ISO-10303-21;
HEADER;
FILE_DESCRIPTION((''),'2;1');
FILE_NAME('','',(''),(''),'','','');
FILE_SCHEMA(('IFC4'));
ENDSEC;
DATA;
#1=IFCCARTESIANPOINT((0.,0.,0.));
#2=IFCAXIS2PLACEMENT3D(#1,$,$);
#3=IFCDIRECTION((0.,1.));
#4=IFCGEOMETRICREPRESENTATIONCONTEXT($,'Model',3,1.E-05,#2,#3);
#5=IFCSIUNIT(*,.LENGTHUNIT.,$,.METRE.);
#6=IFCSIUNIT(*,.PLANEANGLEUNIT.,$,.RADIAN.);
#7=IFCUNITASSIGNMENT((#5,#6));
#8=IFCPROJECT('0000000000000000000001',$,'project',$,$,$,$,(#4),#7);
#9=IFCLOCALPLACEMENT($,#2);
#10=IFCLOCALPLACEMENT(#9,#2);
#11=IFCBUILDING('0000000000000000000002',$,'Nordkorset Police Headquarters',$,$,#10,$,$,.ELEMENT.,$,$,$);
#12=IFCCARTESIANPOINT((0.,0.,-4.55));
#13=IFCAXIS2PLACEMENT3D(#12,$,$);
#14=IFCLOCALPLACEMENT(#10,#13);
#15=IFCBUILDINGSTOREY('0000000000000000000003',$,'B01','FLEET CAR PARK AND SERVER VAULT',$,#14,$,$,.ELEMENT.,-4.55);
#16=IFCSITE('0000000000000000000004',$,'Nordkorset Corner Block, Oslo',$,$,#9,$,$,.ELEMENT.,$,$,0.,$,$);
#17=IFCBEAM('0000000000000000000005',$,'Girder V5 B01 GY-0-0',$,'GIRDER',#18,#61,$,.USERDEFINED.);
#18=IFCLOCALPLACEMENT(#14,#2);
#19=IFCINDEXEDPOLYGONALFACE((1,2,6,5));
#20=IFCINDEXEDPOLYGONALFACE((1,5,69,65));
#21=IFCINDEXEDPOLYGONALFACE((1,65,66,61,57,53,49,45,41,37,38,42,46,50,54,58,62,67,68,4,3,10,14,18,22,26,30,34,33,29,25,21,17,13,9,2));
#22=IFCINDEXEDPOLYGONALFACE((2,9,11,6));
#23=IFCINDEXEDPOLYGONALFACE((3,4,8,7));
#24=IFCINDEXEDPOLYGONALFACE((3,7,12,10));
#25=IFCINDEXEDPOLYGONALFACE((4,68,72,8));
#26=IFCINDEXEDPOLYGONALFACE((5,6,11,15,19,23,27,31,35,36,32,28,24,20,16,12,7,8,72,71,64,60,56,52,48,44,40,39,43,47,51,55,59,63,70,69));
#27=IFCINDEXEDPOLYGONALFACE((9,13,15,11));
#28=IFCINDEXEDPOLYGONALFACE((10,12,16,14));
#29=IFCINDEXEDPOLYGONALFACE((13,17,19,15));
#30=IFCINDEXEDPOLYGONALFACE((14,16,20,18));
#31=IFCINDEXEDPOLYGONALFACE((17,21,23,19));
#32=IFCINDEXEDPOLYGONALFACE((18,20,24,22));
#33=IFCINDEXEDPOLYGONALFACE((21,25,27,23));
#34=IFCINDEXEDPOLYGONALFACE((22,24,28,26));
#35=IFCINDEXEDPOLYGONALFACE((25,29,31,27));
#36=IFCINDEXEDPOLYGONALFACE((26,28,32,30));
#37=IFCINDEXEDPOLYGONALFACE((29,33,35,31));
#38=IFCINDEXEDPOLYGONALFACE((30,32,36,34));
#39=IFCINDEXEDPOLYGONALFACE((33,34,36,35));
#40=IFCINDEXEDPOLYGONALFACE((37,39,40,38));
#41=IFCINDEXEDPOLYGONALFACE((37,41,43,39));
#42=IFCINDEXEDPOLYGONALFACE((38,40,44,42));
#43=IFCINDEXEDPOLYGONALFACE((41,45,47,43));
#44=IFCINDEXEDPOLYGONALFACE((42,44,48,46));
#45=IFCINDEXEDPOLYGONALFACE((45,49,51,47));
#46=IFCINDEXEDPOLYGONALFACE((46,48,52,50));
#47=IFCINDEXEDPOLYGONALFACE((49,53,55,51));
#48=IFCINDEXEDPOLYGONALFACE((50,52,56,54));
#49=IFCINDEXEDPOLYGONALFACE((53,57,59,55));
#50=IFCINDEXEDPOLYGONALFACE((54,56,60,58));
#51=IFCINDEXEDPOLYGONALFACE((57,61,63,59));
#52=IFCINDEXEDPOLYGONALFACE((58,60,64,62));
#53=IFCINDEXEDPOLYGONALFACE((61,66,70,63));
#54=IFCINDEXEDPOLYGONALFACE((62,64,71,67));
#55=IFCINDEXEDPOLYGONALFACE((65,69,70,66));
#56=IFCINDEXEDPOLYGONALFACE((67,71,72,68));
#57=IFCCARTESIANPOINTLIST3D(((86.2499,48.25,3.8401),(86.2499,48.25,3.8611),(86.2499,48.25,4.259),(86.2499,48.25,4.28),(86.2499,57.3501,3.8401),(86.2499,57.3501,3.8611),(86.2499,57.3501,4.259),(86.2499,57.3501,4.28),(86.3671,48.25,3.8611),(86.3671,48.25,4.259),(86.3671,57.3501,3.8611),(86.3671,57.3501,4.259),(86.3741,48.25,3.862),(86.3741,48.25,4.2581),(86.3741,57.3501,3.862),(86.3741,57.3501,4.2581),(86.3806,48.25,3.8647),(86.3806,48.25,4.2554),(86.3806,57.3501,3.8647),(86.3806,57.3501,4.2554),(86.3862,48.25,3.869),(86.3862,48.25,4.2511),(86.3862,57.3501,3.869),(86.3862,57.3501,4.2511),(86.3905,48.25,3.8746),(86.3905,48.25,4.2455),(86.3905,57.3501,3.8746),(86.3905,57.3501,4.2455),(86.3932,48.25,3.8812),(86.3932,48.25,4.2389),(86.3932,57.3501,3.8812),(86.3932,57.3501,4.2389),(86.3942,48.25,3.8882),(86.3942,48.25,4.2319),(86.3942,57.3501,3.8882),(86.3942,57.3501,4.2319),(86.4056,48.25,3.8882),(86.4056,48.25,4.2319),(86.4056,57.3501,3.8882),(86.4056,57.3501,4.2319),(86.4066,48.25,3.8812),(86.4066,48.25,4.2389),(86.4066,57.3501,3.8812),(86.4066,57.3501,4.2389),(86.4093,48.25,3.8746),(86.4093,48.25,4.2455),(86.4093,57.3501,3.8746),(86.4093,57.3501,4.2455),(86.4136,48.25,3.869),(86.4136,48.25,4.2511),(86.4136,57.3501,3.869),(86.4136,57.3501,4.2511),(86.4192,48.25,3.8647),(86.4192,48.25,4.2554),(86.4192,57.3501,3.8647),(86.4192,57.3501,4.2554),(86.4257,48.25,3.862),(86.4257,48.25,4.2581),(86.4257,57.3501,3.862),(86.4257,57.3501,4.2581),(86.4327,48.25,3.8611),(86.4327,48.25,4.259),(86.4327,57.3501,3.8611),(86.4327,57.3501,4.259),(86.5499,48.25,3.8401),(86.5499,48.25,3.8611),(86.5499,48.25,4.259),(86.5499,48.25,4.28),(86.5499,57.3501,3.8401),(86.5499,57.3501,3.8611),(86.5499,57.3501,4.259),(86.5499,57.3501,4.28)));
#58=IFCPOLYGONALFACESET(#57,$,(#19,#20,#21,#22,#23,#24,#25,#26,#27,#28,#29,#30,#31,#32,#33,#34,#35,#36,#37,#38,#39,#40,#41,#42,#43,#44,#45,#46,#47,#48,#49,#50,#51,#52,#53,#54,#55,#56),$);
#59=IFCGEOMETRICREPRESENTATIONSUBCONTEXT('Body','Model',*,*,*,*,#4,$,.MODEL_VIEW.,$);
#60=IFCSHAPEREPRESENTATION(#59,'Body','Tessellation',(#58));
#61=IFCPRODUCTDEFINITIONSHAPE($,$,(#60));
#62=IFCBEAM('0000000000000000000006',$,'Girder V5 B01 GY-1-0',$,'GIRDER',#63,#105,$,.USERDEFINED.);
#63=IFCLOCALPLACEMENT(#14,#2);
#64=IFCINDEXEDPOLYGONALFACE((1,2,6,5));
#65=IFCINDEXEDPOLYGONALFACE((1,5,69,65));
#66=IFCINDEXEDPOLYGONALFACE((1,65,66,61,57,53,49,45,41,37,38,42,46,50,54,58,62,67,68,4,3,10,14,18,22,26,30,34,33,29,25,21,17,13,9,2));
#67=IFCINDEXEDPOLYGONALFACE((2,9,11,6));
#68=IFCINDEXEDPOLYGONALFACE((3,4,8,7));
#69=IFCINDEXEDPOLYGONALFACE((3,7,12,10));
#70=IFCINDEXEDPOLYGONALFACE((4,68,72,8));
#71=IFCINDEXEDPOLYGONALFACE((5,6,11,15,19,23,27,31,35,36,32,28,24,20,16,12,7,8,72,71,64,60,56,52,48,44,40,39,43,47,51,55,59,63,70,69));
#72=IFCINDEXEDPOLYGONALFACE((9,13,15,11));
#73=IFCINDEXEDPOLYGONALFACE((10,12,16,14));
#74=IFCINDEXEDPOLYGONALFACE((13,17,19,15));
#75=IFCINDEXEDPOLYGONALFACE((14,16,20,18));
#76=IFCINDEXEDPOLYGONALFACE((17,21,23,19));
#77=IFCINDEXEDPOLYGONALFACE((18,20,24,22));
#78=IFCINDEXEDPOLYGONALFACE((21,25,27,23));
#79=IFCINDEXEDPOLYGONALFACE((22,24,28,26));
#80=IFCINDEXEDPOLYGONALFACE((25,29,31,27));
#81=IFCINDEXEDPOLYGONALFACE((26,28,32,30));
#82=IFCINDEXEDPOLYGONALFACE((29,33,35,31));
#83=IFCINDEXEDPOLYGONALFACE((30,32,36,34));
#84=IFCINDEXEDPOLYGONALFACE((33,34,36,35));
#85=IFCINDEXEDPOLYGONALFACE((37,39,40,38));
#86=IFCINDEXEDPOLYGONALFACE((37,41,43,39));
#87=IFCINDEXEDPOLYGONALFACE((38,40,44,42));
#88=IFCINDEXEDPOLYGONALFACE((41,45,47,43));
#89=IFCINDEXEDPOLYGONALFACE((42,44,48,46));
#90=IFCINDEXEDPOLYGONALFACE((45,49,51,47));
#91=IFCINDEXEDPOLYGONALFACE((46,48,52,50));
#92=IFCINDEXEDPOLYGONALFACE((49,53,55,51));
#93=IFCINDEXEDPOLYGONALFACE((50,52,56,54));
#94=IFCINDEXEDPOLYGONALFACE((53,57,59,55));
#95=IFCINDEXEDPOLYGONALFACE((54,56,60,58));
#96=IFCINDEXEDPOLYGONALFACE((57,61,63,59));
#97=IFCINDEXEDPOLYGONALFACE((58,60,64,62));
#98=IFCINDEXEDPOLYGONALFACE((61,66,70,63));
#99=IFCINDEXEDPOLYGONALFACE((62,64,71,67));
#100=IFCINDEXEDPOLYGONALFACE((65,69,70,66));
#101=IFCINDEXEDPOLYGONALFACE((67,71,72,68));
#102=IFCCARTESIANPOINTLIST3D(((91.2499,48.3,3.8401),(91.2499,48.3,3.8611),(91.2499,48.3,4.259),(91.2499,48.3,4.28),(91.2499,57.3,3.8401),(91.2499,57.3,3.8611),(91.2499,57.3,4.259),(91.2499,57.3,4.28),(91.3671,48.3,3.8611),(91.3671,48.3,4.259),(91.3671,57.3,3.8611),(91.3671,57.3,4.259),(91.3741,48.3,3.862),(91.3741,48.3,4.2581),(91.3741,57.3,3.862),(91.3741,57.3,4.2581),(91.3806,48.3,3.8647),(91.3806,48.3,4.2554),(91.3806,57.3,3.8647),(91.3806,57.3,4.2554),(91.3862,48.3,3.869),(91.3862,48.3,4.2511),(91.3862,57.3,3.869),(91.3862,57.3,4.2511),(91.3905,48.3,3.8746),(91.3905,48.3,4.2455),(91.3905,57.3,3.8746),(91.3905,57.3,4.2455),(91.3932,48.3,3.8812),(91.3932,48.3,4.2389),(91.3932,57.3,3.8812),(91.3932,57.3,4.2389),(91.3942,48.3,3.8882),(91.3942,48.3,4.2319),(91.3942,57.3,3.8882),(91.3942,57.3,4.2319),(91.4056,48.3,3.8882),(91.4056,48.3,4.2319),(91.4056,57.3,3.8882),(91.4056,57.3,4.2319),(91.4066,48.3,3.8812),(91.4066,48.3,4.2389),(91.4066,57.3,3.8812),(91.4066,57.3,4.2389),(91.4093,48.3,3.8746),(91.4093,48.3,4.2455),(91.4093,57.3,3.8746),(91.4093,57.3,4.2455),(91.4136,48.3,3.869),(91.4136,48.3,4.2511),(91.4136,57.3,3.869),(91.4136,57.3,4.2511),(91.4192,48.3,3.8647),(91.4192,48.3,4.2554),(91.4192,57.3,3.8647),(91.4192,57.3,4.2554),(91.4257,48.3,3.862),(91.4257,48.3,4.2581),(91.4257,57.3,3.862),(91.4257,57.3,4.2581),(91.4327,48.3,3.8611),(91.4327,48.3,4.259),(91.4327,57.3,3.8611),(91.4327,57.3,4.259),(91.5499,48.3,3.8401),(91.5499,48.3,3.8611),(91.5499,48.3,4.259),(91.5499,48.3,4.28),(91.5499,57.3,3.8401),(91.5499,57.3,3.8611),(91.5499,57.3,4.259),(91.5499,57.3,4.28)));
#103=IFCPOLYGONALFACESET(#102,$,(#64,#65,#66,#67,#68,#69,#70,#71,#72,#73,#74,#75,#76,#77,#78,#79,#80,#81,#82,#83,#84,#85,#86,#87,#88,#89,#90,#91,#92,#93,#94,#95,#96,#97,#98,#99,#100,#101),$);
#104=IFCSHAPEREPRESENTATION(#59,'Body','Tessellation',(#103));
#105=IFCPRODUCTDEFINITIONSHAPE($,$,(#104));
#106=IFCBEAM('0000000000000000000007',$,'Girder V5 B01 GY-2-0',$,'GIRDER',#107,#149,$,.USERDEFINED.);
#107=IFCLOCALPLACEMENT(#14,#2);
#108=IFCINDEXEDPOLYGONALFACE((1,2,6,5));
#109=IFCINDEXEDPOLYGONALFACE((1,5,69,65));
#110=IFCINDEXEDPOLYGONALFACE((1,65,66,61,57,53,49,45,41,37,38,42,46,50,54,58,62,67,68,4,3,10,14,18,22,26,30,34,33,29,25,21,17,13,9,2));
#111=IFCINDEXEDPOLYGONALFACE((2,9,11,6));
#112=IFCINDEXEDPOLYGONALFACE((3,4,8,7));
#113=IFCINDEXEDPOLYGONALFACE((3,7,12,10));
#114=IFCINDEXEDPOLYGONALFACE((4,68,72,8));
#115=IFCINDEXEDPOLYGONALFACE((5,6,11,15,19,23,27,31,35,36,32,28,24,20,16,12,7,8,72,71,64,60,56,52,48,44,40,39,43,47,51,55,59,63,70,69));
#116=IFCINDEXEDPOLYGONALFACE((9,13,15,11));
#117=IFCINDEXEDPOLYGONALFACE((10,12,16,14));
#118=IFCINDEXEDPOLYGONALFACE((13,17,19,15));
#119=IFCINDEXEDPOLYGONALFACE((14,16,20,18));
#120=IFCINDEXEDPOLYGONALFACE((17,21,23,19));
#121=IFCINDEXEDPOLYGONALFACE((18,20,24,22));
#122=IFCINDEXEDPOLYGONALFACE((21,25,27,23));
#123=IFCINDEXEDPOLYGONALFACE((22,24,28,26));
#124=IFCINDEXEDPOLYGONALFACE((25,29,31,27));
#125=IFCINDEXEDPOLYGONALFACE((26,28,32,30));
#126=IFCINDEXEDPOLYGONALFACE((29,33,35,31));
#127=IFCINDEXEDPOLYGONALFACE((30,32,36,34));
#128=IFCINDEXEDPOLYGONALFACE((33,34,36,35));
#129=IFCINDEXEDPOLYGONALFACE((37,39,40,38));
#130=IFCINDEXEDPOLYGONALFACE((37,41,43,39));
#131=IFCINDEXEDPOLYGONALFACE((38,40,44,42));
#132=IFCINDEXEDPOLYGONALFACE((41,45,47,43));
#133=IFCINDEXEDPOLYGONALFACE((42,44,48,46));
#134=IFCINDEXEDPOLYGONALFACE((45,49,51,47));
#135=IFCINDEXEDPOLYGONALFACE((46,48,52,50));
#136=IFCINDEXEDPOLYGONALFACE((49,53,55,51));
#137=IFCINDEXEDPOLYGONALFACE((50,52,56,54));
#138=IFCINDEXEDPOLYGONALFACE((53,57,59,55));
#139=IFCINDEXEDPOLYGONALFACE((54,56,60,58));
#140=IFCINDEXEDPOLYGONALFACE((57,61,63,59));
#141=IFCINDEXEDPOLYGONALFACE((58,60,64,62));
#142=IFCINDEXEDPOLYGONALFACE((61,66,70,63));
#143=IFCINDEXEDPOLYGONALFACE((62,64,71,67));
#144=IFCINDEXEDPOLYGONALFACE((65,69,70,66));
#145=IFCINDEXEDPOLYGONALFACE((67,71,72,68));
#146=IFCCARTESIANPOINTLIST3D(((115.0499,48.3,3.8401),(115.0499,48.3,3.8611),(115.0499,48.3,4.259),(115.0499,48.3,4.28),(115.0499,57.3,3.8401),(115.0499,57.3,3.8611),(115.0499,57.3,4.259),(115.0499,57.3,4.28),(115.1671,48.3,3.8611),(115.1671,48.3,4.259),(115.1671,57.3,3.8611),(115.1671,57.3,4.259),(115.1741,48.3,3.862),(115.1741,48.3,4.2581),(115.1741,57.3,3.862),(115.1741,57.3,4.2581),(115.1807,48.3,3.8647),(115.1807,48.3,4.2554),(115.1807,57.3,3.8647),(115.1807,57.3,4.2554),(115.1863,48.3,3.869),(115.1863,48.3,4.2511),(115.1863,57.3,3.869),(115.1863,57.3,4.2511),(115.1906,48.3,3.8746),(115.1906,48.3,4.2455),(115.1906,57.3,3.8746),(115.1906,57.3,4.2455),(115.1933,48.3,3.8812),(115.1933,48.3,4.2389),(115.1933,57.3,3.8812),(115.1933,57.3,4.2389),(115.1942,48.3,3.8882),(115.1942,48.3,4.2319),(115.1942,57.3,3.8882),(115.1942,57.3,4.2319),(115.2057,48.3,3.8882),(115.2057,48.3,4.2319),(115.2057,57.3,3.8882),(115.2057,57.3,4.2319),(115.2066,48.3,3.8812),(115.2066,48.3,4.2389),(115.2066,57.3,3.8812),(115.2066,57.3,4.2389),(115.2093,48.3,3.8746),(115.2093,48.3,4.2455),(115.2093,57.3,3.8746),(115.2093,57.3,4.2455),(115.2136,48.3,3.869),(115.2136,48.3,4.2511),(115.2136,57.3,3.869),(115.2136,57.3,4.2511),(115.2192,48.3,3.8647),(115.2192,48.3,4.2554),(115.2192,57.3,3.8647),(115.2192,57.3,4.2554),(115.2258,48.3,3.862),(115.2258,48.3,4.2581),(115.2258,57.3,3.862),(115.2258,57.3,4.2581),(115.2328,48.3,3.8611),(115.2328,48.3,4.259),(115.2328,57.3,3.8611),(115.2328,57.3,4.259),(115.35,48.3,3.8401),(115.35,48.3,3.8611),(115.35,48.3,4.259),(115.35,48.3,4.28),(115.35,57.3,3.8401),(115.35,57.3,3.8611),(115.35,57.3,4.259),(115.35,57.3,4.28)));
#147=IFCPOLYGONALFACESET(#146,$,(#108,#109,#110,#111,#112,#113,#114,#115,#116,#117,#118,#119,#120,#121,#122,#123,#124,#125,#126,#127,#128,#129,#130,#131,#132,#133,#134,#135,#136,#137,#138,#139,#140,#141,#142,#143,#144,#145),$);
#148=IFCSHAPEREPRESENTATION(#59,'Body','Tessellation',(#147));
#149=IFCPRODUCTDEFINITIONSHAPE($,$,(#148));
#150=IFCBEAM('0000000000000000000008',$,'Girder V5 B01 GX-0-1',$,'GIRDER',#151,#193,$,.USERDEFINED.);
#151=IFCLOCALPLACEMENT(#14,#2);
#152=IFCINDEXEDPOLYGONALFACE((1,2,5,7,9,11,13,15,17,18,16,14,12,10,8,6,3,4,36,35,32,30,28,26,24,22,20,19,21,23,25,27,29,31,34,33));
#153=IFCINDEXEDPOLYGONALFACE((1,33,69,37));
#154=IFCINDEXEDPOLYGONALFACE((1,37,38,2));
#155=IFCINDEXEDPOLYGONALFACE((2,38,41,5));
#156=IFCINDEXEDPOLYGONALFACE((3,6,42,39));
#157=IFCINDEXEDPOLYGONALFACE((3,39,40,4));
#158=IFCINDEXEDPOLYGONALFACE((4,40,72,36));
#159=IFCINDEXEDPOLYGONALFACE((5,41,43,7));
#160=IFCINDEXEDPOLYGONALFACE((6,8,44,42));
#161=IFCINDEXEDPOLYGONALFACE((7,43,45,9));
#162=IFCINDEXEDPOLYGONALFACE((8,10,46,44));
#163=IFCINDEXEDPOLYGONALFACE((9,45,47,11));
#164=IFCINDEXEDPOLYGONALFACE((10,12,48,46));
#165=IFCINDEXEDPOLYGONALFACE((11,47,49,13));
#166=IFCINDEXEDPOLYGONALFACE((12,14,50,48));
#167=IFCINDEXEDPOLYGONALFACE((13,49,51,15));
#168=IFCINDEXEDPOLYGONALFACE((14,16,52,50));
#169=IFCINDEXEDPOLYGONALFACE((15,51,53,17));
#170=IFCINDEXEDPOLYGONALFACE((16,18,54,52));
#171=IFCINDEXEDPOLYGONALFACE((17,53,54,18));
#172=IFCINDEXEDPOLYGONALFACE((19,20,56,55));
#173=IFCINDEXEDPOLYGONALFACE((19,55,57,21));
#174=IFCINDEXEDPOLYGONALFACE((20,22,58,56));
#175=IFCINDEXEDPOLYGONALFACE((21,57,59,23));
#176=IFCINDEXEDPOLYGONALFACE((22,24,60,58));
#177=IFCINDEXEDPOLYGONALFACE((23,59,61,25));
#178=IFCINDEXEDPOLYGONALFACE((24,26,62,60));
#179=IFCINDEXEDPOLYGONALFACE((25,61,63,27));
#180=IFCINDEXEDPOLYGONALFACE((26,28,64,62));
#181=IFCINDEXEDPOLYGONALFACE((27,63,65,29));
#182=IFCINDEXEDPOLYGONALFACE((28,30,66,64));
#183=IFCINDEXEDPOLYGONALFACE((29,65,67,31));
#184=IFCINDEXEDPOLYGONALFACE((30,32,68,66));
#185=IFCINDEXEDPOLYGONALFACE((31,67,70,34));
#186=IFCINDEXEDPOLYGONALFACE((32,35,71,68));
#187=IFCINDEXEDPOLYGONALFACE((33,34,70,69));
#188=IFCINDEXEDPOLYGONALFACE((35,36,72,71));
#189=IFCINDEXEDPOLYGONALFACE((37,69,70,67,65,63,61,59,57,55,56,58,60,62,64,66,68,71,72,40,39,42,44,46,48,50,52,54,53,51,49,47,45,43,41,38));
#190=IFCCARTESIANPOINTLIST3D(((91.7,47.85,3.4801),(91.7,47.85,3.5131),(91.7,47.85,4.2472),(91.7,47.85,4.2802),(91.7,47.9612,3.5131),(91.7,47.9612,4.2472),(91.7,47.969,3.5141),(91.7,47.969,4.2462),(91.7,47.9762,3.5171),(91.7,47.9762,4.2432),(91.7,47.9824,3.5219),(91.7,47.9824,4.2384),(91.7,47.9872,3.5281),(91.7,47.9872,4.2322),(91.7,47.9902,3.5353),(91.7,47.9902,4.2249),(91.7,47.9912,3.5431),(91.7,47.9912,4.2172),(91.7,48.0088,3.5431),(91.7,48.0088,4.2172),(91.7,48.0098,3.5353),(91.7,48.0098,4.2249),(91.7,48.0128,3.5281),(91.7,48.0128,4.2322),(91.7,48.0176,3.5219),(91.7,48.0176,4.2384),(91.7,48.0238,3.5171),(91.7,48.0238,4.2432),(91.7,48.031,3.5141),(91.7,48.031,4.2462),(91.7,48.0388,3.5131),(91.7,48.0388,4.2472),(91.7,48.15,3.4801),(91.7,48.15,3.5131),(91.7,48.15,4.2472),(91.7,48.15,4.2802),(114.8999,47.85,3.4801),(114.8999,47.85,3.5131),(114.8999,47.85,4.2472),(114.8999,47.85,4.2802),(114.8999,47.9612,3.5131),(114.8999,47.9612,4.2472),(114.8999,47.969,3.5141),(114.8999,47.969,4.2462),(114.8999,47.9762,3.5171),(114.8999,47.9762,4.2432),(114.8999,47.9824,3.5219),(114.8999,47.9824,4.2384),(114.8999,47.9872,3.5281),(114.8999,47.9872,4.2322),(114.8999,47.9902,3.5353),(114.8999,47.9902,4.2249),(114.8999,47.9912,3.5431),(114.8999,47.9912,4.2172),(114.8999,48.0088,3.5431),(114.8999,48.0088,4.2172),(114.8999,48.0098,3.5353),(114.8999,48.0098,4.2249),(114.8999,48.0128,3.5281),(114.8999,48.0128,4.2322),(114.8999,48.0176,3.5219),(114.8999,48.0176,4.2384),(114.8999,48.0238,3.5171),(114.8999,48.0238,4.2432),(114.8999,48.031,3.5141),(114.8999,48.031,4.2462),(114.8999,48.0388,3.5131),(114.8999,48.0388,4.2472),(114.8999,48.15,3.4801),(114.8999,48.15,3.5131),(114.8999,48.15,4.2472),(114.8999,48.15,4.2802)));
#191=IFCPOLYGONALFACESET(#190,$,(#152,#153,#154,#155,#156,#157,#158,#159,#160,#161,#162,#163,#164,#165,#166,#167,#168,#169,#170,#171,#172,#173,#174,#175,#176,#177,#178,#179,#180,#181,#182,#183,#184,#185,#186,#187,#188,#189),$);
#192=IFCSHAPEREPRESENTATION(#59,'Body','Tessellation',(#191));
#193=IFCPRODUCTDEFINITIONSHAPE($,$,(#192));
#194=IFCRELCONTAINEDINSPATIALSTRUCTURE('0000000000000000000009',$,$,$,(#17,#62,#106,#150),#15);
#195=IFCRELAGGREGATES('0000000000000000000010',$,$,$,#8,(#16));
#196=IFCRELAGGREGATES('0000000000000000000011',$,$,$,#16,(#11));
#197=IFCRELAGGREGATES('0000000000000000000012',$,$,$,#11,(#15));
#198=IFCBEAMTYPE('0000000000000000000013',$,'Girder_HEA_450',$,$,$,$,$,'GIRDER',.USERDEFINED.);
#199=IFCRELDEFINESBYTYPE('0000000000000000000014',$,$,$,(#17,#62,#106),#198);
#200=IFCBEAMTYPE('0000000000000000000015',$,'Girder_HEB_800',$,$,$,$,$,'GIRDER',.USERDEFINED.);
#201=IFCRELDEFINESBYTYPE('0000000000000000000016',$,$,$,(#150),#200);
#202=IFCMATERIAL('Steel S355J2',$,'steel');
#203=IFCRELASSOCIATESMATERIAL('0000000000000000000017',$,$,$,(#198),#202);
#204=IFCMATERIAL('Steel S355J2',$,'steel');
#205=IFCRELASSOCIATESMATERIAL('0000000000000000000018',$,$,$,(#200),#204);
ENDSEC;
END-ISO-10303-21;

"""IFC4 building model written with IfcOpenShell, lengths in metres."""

from ifc_helpers import new_model, si_unit, direction, frame, origin, origin_2d, place, context, subcontext, project, spatial, i_section, extrude, material, material_profile, profile_set, type_object, element, save


model = new_model("IFC4")

# Units and contexts
model_context = context("Model", 3, precision=1e-05, world=origin(), true_north=direction((0.0, 1.0)))
body_context = subcontext(model_context, "Body", "Model", "MODEL_VIEW")
ifc_project = project(units=[si_unit("LENGTHUNIT", "METRE"), si_unit("PLANEANGLEUNIT", "RADIAN")], contexts=[model_context])

# Site, building, storey
site_placement = place(None, origin())
site = spatial("IfcSite", under=ifc_project, at=site_placement, Name="Nordkorset Corner Block, Oslo", CompositionType="ELEMENT", RefElevation=0.0)
building_placement = place(site_placement, origin())
building = spatial("IfcBuilding", under=site, at=building_placement, Name="Nordkorset Police Headquarters", CompositionType="ELEMENT")
storey_placement = place(building_placement, frame((0.0, 0.0, -4.55)))
storey = spatial("IfcBuildingStorey", under=building, at=storey_placement, Name="B01", Description="FLEET CAR PARK AND SERVER VAULT", CompositionType="ELEMENT", Elevation=-4.55)

# Beams
ifc_material_1 = material(Name="Steel S355J2", Category="steel")
ifc_material_profile_1 = material_profile(ifc_material_1, i_section(OverallWidth=0.3, OverallDepth=0.4399, WebThickness=0.0115, FlangeThickness=0.021, FilletRadius=0.0271, at=origin_2d()), Name="HEA 450")
ifc_profile_set_1 = profile_set([ifc_material_profile_1], Name="Steel S355J2")
beam_type_1 = type_object("IfcBeamType", Name="Girder_HEA_450", ElementType="GIRDER", PredefinedType="USERDEFINED", material=ifc_profile_set_1)
beam_1_placement = place(storey_placement, frame((86.3999, 48.25, 4.0601), z_axis=(0.0, 1.0, 0.0), x_axis=(-1.0, 0.0, 0.0)))
element("IfcBeam", 1, at=beam_1_placement, inside=storey, type_object=beam_type_1, Name="Girder V5 B01 GY-0-0", ObjectType="GIRDER", PredefinedType="USERDEFINED", context=body_context, shape_type="SweptSolid", body=[
    extrude(i_section(OverallWidth=0.3, OverallDepth=0.4399, WebThickness=0.0115, FlangeThickness=0.021, FilletRadius=0.0271, at=origin_2d()), origin(), (0.0, 0.0, 1.0), 9.1001),
])
for number, where, z_axis, x_axis, name in (
    (2, (91.3999, 48.3, 4.0601), (0.0, 1.0, 0.0), (-1.0, 0.0, 0.0), "Girder V5 B01 GY-1-0"),
    (3, (115.2, 48.3, 4.0601), (0.0, 1.0, 0.0), (-1.0, 0.0, 0.0), "Girder V5 B01 GY-2-0"),
):
    element("IfcBeam", number, at=place(storey_placement, frame(where, z_axis=z_axis, x_axis=x_axis)), inside=storey, type_object=beam_type_1, Name=name, ObjectType="GIRDER", PredefinedType="USERDEFINED", context=body_context, shape_type="SweptSolid", body=[
        extrude(i_section(OverallWidth=0.3, OverallDepth=0.4399, WebThickness=0.0115, FlangeThickness=0.021, FilletRadius=0.0271, at=origin_2d()), origin(), (0.0, 0.0, 1.0), 9.0),
    ])
ifc_material_2 = material(Name="Steel S355J2", Category="steel")
ifc_material_profile_2 = material_profile(ifc_material_2, i_section(OverallWidth=0.3, OverallDepth=0.8, WebThickness=0.0176, FlangeThickness=0.033, FilletRadius=0.03, at=origin_2d()), Name="HEB 800")
ifc_profile_set_2 = profile_set([ifc_material_profile_2], Name="Steel S355J2")
beam_type_2 = type_object("IfcBeamType", Name="Girder_HEB_800", ElementType="GIRDER", PredefinedType="USERDEFINED", material=ifc_profile_set_2)
beam_2_placement = place(storey_placement, frame((91.7, 48.0, 3.8801), z_axis=(1.0, 0.0, 0.0), x_axis=(0.0, 1.0, 0.0)))
element("IfcBeam", 4, at=beam_2_placement, inside=storey, type_object=beam_type_2, Name="Girder V5 B01 GX-0-1", ObjectType="GIRDER", PredefinedType="USERDEFINED", context=body_context, shape_type="SweptSolid", body=[
    extrude(i_section(OverallWidth=0.3, OverallDepth=0.8, WebThickness=0.0176, FlangeThickness=0.033, FilletRadius=0.03, at=origin_2d()), origin(), (0.0, 0.0, 1.0), 23.2),
])

save(model, "model.ifc")
